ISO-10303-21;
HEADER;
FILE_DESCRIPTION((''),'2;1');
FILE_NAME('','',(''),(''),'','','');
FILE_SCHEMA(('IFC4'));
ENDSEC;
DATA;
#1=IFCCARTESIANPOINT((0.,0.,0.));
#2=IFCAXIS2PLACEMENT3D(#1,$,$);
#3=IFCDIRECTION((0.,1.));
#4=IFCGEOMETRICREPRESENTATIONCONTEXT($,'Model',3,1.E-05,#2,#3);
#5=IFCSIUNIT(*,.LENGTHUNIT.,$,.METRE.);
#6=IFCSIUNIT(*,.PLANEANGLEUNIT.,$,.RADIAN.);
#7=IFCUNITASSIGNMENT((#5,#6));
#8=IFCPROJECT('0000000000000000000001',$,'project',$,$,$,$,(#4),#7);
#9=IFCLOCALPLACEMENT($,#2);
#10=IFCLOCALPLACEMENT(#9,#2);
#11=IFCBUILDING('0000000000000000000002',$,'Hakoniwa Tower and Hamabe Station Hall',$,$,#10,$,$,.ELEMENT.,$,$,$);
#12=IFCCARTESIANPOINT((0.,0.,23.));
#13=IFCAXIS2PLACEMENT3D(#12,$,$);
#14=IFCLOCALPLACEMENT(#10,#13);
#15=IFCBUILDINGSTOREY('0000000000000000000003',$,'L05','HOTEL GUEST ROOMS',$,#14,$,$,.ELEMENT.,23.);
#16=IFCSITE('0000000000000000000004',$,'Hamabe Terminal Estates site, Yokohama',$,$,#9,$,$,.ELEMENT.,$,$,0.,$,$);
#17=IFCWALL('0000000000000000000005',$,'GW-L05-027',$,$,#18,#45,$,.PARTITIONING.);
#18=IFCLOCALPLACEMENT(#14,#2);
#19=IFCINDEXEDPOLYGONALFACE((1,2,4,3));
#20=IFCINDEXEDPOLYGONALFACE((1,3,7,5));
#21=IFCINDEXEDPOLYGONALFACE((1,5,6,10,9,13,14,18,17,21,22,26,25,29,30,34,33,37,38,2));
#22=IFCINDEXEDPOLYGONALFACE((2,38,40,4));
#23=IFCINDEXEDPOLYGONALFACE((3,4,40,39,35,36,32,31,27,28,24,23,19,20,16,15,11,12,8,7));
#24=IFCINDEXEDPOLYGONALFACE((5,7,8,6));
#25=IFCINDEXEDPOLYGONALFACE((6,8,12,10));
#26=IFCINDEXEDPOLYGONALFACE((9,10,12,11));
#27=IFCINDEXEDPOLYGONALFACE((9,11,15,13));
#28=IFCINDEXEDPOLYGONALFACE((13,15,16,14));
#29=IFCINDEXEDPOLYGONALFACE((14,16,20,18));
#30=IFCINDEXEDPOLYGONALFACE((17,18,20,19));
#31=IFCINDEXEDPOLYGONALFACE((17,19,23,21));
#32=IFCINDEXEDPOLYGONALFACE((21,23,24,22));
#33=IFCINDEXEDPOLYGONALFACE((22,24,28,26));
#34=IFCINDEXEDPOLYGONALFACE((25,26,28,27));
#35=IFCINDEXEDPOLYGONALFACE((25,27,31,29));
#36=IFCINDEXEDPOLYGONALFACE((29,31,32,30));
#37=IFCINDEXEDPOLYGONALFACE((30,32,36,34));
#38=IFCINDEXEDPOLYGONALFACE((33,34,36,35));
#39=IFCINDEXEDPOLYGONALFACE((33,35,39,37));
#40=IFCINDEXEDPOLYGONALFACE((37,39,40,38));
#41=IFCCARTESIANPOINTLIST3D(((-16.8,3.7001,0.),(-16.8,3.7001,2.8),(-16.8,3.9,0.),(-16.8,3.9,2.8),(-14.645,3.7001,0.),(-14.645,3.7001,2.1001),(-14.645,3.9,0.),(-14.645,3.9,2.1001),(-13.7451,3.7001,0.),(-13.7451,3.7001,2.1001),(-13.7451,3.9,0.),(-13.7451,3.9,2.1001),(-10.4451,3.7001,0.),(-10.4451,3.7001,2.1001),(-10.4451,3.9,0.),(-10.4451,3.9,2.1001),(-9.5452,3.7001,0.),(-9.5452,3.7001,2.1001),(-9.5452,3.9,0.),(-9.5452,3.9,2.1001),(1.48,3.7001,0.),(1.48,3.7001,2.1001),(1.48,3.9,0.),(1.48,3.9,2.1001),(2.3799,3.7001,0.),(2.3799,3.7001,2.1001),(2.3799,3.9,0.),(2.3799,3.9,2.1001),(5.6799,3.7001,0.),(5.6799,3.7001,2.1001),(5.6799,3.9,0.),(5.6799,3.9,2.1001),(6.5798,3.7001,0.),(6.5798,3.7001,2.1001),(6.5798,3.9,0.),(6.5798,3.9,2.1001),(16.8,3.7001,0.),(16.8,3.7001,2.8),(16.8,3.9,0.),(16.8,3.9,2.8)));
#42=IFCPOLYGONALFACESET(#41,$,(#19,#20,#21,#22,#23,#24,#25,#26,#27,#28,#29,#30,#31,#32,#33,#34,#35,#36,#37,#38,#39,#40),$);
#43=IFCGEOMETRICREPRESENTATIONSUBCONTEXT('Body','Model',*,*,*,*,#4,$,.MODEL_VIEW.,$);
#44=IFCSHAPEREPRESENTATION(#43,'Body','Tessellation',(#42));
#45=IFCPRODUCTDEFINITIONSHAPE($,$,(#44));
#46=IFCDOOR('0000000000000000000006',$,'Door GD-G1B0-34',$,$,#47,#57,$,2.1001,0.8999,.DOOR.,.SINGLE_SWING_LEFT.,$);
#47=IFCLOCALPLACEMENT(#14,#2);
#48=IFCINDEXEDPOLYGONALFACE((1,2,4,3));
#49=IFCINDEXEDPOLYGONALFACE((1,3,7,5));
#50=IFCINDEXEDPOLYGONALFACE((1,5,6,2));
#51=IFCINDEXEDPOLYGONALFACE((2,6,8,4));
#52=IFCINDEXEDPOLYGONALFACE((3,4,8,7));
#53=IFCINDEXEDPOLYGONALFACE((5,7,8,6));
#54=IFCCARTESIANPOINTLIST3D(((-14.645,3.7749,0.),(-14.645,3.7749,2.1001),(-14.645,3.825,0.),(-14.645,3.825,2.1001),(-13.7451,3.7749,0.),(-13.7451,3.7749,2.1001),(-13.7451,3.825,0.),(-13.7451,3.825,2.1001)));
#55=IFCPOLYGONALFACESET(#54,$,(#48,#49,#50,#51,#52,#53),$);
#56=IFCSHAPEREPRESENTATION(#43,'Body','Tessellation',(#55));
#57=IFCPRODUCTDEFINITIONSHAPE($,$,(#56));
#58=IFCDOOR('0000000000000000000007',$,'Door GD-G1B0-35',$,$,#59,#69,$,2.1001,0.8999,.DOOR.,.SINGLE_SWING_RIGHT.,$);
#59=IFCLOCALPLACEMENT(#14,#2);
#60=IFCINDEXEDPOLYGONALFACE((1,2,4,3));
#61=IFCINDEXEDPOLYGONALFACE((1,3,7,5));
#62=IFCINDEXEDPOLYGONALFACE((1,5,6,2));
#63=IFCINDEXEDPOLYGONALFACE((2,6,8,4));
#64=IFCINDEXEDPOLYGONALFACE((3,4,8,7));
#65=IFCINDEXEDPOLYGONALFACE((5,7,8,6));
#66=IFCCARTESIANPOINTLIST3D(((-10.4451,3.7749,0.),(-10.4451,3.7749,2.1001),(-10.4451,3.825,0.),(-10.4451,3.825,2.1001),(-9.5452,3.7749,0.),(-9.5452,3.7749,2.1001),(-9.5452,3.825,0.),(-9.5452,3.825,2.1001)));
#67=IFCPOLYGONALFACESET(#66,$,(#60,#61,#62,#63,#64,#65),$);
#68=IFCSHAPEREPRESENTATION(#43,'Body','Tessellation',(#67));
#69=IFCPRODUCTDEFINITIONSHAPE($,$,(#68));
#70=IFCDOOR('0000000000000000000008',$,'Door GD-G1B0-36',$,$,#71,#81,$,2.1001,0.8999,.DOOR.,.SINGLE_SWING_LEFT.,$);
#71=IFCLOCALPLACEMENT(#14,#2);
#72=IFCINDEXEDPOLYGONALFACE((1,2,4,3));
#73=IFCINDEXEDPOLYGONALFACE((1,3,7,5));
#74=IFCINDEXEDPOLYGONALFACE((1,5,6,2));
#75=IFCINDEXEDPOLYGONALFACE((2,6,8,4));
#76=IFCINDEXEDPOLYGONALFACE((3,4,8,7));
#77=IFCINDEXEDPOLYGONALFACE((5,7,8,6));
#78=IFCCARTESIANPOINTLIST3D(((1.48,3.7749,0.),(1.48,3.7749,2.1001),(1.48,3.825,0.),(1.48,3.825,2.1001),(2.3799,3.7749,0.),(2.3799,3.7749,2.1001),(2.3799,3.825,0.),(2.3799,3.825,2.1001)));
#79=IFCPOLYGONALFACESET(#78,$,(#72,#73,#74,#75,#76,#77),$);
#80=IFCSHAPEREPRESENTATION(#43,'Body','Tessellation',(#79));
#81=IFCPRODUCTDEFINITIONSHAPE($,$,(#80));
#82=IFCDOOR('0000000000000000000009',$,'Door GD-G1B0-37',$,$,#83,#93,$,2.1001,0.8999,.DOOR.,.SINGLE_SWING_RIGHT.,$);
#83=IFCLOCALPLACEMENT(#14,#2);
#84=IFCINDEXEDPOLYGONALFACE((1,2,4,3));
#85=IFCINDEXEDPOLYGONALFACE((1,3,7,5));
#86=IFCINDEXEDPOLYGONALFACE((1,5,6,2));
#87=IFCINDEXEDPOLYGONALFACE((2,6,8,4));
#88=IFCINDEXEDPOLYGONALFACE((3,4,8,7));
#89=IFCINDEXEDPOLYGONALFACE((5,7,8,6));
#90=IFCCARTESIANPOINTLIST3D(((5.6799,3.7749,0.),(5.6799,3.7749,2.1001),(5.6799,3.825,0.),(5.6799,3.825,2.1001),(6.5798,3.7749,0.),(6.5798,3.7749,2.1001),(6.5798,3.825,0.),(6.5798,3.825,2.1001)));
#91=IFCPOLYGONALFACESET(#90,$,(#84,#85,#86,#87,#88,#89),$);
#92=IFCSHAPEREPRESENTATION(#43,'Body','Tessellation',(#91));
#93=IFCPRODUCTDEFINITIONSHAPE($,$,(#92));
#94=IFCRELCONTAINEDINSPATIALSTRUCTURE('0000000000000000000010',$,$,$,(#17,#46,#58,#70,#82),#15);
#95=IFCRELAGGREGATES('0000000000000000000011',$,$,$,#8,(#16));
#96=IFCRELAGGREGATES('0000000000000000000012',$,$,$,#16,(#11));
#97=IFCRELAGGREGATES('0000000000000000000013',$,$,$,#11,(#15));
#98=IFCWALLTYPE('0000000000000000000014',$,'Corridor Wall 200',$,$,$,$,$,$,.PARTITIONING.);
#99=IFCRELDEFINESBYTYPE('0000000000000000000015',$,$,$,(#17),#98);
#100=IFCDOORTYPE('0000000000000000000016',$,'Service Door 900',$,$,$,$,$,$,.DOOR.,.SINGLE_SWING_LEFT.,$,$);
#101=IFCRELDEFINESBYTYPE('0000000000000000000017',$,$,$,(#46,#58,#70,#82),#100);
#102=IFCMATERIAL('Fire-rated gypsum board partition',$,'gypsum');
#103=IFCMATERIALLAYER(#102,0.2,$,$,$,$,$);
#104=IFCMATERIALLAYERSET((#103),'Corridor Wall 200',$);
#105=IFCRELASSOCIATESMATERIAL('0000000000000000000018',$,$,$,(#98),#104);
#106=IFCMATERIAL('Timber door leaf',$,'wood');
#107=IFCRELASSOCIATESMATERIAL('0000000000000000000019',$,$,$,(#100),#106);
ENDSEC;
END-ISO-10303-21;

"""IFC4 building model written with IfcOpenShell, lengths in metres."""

from ifc_helpers import new_model, si_unit, direction, frame, frame_2d, origin, place, context, subcontext, project, spatial, rectangle, extrude, material, layer, layer_set, type_object, element, fill, save


model = new_model("IFC4")

# Units and contexts
model_context = context("Model", 3, precision=1e-05, world=origin(), true_north=direction((0.0, 1.0)))
body_context = subcontext(model_context, "Body", "Model", "MODEL_VIEW")
ifc_project = project(units=[si_unit("LENGTHUNIT", "METRE"), si_unit("PLANEANGLEUNIT", "RADIAN")], contexts=[model_context])

# Site, building, storey
site_placement = place(None, origin())
site = spatial("IfcSite", under=ifc_project, at=site_placement, Name="Hamabe Terminal Estates site, Yokohama", CompositionType="ELEMENT", RefElevation=0.0)
building_placement = place(site_placement, origin())
building = spatial("IfcBuilding", under=site, at=building_placement, Name="Hakoniwa Tower and Hamabe Station Hall", CompositionType="ELEMENT")
storey_placement = place(building_placement, frame((0.0, 0.0, 23.0)))
storey = spatial("IfcBuildingStorey", under=building, at=storey_placement, Name="L05", Description="HOTEL GUEST ROOMS", CompositionType="ELEMENT", Elevation=23.0)

# Wall, openings, doors
ifc_material_1 = material(Name="Fire-rated gypsum board partition", Category="gypsum")
ifc_layer_1 = layer(ifc_material_1, 0.2)
ifc_layer_set_1 = layer_set([ifc_layer_1], Name="Corridor Wall 200")
wall_type_1 = type_object("IfcWallType", Name="Corridor Wall 200", PredefinedType="PARTITIONING", material=ifc_layer_set_1)
wall_1_placement = place(storey_placement, frame((-16.8, 3.8, 0.0), z_axis=(0.0, 0.0, 1.0), x_axis=(1.0, 0.0, 0.0)))
wall_1 = element("IfcWall", 1, at=wall_1_placement, inside=storey, type_object=wall_type_1, Name="GW-L05-027", PredefinedType="PARTITIONING", context=body_context, shape_type="SweptSolid", body=[
    extrude(rectangle(XDim=33.6001, YDim=0.2, at=frame_2d((16.8, 0.0))), origin(), (0.0, 0.0, 1.0), 2.8),
])
opening_1_placement = place(wall_1_placement, frame((2.155, 0.0, 0.0)))
opening_1 = element("IfcOpeningElement", 2, at=opening_1_placement, cuts=wall_1, PredefinedType="OPENING", context=body_context, shape_type="SweptSolid", body=[
    extrude(rectangle(XDim=0.8999, YDim=2.1001, at=frame_2d((0.45, 1.05))), frame((0.0, 0.1099, 0.0), z_axis=(0.0, -1.0, 0.0), x_axis=(1.0, 0.0, 0.0)), (0.0, 0.0, 1.0), 0.22),
])
opening_2_placement = place(wall_1_placement, frame((6.355, 0.0, 0.0)))
opening_2 = element("IfcOpeningElement", 3, at=opening_2_placement, cuts=wall_1, PredefinedType="OPENING", context=body_context, shape_type="SweptSolid", body=[
    extrude(rectangle(XDim=0.8999, YDim=2.1001, at=frame_2d((0.45, 1.05))), frame((0.0, 0.1099, 0.0), z_axis=(0.0, -1.0, 0.0), x_axis=(1.0, 0.0, 0.0)), (0.0, 0.0, 1.0), 0.22),
])
opening_3_placement = place(wall_1_placement, frame((18.28, 0.0, 0.0)))
opening_3 = element("IfcOpeningElement", 4, at=opening_3_placement, cuts=wall_1, PredefinedType="OPENING", context=body_context, shape_type="SweptSolid", body=[
    extrude(rectangle(XDim=0.8999, YDim=2.1001, at=frame_2d((0.45, 1.05))), frame((0.0, 0.1099, 0.0), z_axis=(0.0, -1.0, 0.0), x_axis=(1.0, 0.0, 0.0)), (0.0, 0.0, 1.0), 0.22),
])
opening_4_placement = place(wall_1_placement, frame((22.48, 0.0, 0.0)))
opening_4 = element("IfcOpeningElement", 5, at=opening_4_placement, cuts=wall_1, PredefinedType="OPENING", context=body_context, shape_type="SweptSolid", body=[
    extrude(rectangle(XDim=0.8999, YDim=2.1001, at=frame_2d((0.45, 1.05))), frame((0.0, 0.1099, 0.0), z_axis=(0.0, -1.0, 0.0), x_axis=(1.0, 0.0, 0.0)), (0.0, 0.0, 1.0), 0.22),
])
ifc_material_2 = material(Name="Timber door leaf", Category="wood")
door_type_1 = type_object("IfcDoorType", Name="Service Door 900", OperationType="SINGLE_SWING_LEFT", PredefinedType="DOOR", material=ifc_material_2)
door_1_placement = place(opening_1_placement, origin())
door_1 = element("IfcDoor", 6, at=door_1_placement, inside=storey, type_object=door_type_1, Name="Door GD-G1B0-34", OperationType="SINGLE_SWING_LEFT", OverallHeight=2.1001, OverallWidth=0.8999, PredefinedType="DOOR", context=body_context, shape_type="SweptSolid", body=[
    extrude(rectangle(XDim=0.8999, YDim=2.1001, at=frame_2d((0.45, 1.05))), frame((0.0, 0.0249, 0.0), z_axis=(0.0, -1.0, 0.0), x_axis=(1.0, 0.0, 0.0)), (0.0, 0.0, 1.0), 0.05),
])
fill(opening_1, door_1)
door_2_placement = place(opening_2_placement, origin())
door_2 = element("IfcDoor", 7, at=door_2_placement, inside=storey, type_object=door_type_1, Name="Door GD-G1B0-35", OperationType="SINGLE_SWING_RIGHT", OverallHeight=2.1001, OverallWidth=0.8999, PredefinedType="DOOR", context=body_context, shape_type="SweptSolid", body=[
    extrude(rectangle(XDim=0.8999, YDim=2.1001, at=frame_2d((0.45, 1.05))), frame((0.0, 0.0249, 0.0), z_axis=(0.0, -1.0, 0.0), x_axis=(1.0, 0.0, 0.0)), (0.0, 0.0, 1.0), 0.05),
])
fill(opening_2, door_2)
door_3_placement = place(opening_3_placement, origin())
door_3 = element("IfcDoor", 8, at=door_3_placement, inside=storey, type_object=door_type_1, Name="Door GD-G1B0-36", OperationType="SINGLE_SWING_LEFT", OverallHeight=2.1001, OverallWidth=0.8999, PredefinedType="DOOR", context=body_context, shape_type="SweptSolid", body=[
    extrude(rectangle(XDim=0.8999, YDim=2.1001, at=frame_2d((0.45, 1.05))), frame((0.0, 0.0249, 0.0), z_axis=(0.0, -1.0, 0.0), x_axis=(1.0, 0.0, 0.0)), (0.0, 0.0, 1.0), 0.05),
])
fill(opening_3, door_3)
door_4_placement = place(opening_4_placement, origin())
door_4 = element("IfcDoor", 9, at=door_4_placement, inside=storey, type_object=door_type_1, Name="Door GD-G1B0-37", OperationType="SINGLE_SWING_RIGHT", OverallHeight=2.1001, OverallWidth=0.8999, PredefinedType="DOOR", context=body_context, shape_type="SweptSolid", body=[
    extrude(rectangle(XDim=0.8999, YDim=2.1001, at=frame_2d((0.45, 1.05))), frame((0.0, 0.0249, 0.0), z_axis=(0.0, -1.0, 0.0), x_axis=(1.0, 0.0, 0.0)), (0.0, 0.0, 1.0), 0.05),
])
fill(opening_4, door_4)

save(model, "model.ifc")
